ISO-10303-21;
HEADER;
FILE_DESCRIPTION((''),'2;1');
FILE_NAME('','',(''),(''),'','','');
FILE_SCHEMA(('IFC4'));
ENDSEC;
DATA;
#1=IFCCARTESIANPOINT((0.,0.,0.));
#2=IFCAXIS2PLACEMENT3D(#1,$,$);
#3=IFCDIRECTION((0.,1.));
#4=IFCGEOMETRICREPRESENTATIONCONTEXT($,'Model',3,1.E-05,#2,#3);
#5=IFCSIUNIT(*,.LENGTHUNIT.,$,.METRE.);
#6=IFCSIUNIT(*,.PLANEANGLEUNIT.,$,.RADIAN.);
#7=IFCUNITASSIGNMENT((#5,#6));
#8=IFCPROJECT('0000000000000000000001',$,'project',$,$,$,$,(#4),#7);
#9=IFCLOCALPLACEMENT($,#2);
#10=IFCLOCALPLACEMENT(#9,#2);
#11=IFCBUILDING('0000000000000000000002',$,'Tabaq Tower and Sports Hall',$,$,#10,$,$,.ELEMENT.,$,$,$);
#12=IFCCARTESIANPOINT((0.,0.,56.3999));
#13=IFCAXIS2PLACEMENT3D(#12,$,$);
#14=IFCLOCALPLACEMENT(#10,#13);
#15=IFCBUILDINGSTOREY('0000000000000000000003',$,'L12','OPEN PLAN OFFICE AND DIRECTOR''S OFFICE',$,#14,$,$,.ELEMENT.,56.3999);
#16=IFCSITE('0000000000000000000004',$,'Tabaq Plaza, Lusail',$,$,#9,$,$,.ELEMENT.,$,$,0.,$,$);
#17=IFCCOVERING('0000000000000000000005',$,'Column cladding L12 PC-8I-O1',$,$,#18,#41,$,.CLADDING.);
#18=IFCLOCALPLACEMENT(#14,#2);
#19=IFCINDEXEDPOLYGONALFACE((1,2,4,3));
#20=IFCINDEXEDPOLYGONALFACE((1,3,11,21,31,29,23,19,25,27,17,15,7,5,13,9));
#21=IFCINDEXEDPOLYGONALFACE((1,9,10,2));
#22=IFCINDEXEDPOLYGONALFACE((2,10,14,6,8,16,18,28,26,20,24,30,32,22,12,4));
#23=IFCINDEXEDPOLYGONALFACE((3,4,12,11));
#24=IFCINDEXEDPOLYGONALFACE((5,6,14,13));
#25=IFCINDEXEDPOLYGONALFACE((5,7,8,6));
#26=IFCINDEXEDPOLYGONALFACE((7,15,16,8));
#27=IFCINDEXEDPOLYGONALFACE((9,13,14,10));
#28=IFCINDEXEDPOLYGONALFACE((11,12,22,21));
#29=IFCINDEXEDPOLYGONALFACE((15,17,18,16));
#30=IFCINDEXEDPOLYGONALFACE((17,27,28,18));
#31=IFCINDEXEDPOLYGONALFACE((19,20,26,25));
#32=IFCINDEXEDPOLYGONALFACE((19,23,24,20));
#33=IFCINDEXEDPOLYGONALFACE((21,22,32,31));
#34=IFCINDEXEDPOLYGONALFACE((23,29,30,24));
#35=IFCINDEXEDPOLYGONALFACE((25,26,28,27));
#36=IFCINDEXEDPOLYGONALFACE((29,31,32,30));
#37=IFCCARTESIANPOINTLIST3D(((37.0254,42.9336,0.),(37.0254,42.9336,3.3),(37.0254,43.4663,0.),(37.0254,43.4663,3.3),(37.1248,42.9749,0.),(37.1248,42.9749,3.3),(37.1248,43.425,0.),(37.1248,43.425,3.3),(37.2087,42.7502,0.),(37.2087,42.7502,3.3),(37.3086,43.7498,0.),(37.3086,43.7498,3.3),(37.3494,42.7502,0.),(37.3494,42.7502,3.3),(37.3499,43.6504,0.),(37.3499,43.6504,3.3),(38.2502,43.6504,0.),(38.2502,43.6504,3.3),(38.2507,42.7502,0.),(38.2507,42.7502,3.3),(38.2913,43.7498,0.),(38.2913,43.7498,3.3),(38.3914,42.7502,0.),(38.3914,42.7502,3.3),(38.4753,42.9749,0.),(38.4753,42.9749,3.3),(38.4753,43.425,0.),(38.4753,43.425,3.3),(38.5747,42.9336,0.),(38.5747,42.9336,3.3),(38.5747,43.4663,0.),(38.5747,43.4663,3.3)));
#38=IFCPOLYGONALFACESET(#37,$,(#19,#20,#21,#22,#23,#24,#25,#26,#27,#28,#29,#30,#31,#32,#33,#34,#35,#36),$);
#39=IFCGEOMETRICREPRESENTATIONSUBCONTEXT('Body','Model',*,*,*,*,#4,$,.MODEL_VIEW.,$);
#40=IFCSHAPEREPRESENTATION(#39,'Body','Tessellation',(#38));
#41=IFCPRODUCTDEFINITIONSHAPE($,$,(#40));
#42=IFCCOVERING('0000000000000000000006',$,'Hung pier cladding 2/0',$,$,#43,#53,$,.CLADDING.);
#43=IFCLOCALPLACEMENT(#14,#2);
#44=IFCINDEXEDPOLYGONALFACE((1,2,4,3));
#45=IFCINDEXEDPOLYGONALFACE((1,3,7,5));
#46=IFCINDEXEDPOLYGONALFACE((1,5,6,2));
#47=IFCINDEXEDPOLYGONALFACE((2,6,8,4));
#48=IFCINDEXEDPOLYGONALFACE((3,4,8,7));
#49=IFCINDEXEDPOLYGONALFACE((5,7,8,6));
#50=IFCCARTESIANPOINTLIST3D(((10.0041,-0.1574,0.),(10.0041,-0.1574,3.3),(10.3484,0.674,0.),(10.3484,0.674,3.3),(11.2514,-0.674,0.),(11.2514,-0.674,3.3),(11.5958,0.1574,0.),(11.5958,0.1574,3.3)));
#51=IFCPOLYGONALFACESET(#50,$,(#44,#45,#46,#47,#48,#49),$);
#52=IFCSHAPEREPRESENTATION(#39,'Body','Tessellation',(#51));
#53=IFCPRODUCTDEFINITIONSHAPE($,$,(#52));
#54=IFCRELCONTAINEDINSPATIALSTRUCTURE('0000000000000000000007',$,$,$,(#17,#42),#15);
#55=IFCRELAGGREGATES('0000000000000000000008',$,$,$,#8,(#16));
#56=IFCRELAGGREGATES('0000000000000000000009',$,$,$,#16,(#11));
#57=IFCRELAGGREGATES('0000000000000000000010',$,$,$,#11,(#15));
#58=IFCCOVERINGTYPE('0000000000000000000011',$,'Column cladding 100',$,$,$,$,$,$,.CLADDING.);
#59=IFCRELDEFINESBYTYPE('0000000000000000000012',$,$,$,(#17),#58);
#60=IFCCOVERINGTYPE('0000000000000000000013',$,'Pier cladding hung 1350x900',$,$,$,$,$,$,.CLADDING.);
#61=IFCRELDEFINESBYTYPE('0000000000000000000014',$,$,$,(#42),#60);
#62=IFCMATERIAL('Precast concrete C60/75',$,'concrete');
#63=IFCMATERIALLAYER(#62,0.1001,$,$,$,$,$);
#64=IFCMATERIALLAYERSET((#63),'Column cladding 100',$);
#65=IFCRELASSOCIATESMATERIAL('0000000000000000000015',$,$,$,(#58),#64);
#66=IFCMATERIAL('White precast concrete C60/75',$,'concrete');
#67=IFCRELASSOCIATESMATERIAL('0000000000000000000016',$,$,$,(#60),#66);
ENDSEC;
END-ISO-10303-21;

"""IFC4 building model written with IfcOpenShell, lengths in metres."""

from ifc_helpers import new_model, si_unit, direction, frame, frame_2d, origin, place, context, subcontext, project, spatial, polyline, rectangle, outline, extrude, material, layer, layer_set, type_object, element, save


model = new_model("IFC4")

# Units and contexts
model_context = context("Model", 3, precision=1e-05, world=origin(), true_north=direction((0.0, 1.0)))
body_context = subcontext(model_context, "Body", "Model", "MODEL_VIEW")
ifc_project = project(units=[si_unit("LENGTHUNIT", "METRE"), si_unit("PLANEANGLEUNIT", "RADIAN")], contexts=[model_context])

# Site, building, storey
site_placement = place(None, origin())
site = spatial("IfcSite", under=ifc_project, at=site_placement, Name="Tabaq Plaza, Lusail", CompositionType="ELEMENT", RefElevation=0.0)
building_placement = place(site_placement, origin())
building = spatial("IfcBuilding", under=site, at=building_placement, Name="Tabaq Tower and Sports Hall", CompositionType="ELEMENT")
storey_placement = place(building_placement, frame((0.0, 0.0, 56.3999)))
storey = spatial("IfcBuildingStorey", under=building, at=storey_placement, Name="L12", Description="OPEN PLAN OFFICE AND DIRECTOR'S OFFICE", CompositionType="ELEMENT", Elevation=56.3999)

# Coverings
ifc_material_1 = material(Name="Precast concrete C60/75", Category="concrete")
ifc_layer_1 = layer(ifc_material_1, 0.1001)
ifc_layer_set_1 = layer_set([ifc_layer_1], Name="Column cladding 100")
covering_type_1 = type_object("IfcCoveringType", Name="Column cladding 100", PredefinedType="CLADDING", material=ifc_layer_set_1)
covering_1_placement = place(storey_placement, origin())
element("IfcCovering", 1, at=covering_1_placement, inside=storey, type_object=covering_type_1, Name="Column cladding L12 PC-8I-O1", PredefinedType="CLADDING", context=body_context, shape_type="SweptSolid", body=[
    extrude(outline(polyline([(37.0254, 43.4663), (37.3086, 43.7498), (38.2913, 43.7498), (38.5747, 43.4663), (38.5747, 42.9336), (38.3914, 42.7502), (38.2507, 42.7502), (38.4753, 42.9749), (38.4753, 43.425), (38.2502, 43.6504), (37.3499, 43.6504), (37.1248, 43.425), (37.1248, 42.9749), (37.3494, 42.7502), (37.2087, 42.7502), (37.0254, 42.9336), (37.0254, 43.4663)])), origin(), (0.0, 0.0, 1.0), 3.3),
])
ifc_material_2 = material(Name="White precast concrete C60/75", Category="concrete")
covering_type_2 = type_object("IfcCoveringType", Name="Pier cladding hung 1350x900", PredefinedType="CLADDING", material=ifc_material_2)
covering_2_placement = place(storey_placement, frame((10.1763, 0.2583, 0.0), z_axis=(0.0, 0.0, 1.0), x_axis=(0.923893, -0.38265, 0.0)))
element("IfcCovering", 2, at=covering_2_placement, inside=storey, type_object=covering_type_2, Name="Hung pier cladding 2/0", PredefinedType="CLADDING", context=body_context, shape_type="SweptSolid", body=[
    extrude(rectangle(XDim=1.3501, YDim=0.8999, at=frame_2d((0.675, 0.0))), origin(), (0.0, 0.0, 1.0), 3.3),
])

save(model, "model.ifc")
